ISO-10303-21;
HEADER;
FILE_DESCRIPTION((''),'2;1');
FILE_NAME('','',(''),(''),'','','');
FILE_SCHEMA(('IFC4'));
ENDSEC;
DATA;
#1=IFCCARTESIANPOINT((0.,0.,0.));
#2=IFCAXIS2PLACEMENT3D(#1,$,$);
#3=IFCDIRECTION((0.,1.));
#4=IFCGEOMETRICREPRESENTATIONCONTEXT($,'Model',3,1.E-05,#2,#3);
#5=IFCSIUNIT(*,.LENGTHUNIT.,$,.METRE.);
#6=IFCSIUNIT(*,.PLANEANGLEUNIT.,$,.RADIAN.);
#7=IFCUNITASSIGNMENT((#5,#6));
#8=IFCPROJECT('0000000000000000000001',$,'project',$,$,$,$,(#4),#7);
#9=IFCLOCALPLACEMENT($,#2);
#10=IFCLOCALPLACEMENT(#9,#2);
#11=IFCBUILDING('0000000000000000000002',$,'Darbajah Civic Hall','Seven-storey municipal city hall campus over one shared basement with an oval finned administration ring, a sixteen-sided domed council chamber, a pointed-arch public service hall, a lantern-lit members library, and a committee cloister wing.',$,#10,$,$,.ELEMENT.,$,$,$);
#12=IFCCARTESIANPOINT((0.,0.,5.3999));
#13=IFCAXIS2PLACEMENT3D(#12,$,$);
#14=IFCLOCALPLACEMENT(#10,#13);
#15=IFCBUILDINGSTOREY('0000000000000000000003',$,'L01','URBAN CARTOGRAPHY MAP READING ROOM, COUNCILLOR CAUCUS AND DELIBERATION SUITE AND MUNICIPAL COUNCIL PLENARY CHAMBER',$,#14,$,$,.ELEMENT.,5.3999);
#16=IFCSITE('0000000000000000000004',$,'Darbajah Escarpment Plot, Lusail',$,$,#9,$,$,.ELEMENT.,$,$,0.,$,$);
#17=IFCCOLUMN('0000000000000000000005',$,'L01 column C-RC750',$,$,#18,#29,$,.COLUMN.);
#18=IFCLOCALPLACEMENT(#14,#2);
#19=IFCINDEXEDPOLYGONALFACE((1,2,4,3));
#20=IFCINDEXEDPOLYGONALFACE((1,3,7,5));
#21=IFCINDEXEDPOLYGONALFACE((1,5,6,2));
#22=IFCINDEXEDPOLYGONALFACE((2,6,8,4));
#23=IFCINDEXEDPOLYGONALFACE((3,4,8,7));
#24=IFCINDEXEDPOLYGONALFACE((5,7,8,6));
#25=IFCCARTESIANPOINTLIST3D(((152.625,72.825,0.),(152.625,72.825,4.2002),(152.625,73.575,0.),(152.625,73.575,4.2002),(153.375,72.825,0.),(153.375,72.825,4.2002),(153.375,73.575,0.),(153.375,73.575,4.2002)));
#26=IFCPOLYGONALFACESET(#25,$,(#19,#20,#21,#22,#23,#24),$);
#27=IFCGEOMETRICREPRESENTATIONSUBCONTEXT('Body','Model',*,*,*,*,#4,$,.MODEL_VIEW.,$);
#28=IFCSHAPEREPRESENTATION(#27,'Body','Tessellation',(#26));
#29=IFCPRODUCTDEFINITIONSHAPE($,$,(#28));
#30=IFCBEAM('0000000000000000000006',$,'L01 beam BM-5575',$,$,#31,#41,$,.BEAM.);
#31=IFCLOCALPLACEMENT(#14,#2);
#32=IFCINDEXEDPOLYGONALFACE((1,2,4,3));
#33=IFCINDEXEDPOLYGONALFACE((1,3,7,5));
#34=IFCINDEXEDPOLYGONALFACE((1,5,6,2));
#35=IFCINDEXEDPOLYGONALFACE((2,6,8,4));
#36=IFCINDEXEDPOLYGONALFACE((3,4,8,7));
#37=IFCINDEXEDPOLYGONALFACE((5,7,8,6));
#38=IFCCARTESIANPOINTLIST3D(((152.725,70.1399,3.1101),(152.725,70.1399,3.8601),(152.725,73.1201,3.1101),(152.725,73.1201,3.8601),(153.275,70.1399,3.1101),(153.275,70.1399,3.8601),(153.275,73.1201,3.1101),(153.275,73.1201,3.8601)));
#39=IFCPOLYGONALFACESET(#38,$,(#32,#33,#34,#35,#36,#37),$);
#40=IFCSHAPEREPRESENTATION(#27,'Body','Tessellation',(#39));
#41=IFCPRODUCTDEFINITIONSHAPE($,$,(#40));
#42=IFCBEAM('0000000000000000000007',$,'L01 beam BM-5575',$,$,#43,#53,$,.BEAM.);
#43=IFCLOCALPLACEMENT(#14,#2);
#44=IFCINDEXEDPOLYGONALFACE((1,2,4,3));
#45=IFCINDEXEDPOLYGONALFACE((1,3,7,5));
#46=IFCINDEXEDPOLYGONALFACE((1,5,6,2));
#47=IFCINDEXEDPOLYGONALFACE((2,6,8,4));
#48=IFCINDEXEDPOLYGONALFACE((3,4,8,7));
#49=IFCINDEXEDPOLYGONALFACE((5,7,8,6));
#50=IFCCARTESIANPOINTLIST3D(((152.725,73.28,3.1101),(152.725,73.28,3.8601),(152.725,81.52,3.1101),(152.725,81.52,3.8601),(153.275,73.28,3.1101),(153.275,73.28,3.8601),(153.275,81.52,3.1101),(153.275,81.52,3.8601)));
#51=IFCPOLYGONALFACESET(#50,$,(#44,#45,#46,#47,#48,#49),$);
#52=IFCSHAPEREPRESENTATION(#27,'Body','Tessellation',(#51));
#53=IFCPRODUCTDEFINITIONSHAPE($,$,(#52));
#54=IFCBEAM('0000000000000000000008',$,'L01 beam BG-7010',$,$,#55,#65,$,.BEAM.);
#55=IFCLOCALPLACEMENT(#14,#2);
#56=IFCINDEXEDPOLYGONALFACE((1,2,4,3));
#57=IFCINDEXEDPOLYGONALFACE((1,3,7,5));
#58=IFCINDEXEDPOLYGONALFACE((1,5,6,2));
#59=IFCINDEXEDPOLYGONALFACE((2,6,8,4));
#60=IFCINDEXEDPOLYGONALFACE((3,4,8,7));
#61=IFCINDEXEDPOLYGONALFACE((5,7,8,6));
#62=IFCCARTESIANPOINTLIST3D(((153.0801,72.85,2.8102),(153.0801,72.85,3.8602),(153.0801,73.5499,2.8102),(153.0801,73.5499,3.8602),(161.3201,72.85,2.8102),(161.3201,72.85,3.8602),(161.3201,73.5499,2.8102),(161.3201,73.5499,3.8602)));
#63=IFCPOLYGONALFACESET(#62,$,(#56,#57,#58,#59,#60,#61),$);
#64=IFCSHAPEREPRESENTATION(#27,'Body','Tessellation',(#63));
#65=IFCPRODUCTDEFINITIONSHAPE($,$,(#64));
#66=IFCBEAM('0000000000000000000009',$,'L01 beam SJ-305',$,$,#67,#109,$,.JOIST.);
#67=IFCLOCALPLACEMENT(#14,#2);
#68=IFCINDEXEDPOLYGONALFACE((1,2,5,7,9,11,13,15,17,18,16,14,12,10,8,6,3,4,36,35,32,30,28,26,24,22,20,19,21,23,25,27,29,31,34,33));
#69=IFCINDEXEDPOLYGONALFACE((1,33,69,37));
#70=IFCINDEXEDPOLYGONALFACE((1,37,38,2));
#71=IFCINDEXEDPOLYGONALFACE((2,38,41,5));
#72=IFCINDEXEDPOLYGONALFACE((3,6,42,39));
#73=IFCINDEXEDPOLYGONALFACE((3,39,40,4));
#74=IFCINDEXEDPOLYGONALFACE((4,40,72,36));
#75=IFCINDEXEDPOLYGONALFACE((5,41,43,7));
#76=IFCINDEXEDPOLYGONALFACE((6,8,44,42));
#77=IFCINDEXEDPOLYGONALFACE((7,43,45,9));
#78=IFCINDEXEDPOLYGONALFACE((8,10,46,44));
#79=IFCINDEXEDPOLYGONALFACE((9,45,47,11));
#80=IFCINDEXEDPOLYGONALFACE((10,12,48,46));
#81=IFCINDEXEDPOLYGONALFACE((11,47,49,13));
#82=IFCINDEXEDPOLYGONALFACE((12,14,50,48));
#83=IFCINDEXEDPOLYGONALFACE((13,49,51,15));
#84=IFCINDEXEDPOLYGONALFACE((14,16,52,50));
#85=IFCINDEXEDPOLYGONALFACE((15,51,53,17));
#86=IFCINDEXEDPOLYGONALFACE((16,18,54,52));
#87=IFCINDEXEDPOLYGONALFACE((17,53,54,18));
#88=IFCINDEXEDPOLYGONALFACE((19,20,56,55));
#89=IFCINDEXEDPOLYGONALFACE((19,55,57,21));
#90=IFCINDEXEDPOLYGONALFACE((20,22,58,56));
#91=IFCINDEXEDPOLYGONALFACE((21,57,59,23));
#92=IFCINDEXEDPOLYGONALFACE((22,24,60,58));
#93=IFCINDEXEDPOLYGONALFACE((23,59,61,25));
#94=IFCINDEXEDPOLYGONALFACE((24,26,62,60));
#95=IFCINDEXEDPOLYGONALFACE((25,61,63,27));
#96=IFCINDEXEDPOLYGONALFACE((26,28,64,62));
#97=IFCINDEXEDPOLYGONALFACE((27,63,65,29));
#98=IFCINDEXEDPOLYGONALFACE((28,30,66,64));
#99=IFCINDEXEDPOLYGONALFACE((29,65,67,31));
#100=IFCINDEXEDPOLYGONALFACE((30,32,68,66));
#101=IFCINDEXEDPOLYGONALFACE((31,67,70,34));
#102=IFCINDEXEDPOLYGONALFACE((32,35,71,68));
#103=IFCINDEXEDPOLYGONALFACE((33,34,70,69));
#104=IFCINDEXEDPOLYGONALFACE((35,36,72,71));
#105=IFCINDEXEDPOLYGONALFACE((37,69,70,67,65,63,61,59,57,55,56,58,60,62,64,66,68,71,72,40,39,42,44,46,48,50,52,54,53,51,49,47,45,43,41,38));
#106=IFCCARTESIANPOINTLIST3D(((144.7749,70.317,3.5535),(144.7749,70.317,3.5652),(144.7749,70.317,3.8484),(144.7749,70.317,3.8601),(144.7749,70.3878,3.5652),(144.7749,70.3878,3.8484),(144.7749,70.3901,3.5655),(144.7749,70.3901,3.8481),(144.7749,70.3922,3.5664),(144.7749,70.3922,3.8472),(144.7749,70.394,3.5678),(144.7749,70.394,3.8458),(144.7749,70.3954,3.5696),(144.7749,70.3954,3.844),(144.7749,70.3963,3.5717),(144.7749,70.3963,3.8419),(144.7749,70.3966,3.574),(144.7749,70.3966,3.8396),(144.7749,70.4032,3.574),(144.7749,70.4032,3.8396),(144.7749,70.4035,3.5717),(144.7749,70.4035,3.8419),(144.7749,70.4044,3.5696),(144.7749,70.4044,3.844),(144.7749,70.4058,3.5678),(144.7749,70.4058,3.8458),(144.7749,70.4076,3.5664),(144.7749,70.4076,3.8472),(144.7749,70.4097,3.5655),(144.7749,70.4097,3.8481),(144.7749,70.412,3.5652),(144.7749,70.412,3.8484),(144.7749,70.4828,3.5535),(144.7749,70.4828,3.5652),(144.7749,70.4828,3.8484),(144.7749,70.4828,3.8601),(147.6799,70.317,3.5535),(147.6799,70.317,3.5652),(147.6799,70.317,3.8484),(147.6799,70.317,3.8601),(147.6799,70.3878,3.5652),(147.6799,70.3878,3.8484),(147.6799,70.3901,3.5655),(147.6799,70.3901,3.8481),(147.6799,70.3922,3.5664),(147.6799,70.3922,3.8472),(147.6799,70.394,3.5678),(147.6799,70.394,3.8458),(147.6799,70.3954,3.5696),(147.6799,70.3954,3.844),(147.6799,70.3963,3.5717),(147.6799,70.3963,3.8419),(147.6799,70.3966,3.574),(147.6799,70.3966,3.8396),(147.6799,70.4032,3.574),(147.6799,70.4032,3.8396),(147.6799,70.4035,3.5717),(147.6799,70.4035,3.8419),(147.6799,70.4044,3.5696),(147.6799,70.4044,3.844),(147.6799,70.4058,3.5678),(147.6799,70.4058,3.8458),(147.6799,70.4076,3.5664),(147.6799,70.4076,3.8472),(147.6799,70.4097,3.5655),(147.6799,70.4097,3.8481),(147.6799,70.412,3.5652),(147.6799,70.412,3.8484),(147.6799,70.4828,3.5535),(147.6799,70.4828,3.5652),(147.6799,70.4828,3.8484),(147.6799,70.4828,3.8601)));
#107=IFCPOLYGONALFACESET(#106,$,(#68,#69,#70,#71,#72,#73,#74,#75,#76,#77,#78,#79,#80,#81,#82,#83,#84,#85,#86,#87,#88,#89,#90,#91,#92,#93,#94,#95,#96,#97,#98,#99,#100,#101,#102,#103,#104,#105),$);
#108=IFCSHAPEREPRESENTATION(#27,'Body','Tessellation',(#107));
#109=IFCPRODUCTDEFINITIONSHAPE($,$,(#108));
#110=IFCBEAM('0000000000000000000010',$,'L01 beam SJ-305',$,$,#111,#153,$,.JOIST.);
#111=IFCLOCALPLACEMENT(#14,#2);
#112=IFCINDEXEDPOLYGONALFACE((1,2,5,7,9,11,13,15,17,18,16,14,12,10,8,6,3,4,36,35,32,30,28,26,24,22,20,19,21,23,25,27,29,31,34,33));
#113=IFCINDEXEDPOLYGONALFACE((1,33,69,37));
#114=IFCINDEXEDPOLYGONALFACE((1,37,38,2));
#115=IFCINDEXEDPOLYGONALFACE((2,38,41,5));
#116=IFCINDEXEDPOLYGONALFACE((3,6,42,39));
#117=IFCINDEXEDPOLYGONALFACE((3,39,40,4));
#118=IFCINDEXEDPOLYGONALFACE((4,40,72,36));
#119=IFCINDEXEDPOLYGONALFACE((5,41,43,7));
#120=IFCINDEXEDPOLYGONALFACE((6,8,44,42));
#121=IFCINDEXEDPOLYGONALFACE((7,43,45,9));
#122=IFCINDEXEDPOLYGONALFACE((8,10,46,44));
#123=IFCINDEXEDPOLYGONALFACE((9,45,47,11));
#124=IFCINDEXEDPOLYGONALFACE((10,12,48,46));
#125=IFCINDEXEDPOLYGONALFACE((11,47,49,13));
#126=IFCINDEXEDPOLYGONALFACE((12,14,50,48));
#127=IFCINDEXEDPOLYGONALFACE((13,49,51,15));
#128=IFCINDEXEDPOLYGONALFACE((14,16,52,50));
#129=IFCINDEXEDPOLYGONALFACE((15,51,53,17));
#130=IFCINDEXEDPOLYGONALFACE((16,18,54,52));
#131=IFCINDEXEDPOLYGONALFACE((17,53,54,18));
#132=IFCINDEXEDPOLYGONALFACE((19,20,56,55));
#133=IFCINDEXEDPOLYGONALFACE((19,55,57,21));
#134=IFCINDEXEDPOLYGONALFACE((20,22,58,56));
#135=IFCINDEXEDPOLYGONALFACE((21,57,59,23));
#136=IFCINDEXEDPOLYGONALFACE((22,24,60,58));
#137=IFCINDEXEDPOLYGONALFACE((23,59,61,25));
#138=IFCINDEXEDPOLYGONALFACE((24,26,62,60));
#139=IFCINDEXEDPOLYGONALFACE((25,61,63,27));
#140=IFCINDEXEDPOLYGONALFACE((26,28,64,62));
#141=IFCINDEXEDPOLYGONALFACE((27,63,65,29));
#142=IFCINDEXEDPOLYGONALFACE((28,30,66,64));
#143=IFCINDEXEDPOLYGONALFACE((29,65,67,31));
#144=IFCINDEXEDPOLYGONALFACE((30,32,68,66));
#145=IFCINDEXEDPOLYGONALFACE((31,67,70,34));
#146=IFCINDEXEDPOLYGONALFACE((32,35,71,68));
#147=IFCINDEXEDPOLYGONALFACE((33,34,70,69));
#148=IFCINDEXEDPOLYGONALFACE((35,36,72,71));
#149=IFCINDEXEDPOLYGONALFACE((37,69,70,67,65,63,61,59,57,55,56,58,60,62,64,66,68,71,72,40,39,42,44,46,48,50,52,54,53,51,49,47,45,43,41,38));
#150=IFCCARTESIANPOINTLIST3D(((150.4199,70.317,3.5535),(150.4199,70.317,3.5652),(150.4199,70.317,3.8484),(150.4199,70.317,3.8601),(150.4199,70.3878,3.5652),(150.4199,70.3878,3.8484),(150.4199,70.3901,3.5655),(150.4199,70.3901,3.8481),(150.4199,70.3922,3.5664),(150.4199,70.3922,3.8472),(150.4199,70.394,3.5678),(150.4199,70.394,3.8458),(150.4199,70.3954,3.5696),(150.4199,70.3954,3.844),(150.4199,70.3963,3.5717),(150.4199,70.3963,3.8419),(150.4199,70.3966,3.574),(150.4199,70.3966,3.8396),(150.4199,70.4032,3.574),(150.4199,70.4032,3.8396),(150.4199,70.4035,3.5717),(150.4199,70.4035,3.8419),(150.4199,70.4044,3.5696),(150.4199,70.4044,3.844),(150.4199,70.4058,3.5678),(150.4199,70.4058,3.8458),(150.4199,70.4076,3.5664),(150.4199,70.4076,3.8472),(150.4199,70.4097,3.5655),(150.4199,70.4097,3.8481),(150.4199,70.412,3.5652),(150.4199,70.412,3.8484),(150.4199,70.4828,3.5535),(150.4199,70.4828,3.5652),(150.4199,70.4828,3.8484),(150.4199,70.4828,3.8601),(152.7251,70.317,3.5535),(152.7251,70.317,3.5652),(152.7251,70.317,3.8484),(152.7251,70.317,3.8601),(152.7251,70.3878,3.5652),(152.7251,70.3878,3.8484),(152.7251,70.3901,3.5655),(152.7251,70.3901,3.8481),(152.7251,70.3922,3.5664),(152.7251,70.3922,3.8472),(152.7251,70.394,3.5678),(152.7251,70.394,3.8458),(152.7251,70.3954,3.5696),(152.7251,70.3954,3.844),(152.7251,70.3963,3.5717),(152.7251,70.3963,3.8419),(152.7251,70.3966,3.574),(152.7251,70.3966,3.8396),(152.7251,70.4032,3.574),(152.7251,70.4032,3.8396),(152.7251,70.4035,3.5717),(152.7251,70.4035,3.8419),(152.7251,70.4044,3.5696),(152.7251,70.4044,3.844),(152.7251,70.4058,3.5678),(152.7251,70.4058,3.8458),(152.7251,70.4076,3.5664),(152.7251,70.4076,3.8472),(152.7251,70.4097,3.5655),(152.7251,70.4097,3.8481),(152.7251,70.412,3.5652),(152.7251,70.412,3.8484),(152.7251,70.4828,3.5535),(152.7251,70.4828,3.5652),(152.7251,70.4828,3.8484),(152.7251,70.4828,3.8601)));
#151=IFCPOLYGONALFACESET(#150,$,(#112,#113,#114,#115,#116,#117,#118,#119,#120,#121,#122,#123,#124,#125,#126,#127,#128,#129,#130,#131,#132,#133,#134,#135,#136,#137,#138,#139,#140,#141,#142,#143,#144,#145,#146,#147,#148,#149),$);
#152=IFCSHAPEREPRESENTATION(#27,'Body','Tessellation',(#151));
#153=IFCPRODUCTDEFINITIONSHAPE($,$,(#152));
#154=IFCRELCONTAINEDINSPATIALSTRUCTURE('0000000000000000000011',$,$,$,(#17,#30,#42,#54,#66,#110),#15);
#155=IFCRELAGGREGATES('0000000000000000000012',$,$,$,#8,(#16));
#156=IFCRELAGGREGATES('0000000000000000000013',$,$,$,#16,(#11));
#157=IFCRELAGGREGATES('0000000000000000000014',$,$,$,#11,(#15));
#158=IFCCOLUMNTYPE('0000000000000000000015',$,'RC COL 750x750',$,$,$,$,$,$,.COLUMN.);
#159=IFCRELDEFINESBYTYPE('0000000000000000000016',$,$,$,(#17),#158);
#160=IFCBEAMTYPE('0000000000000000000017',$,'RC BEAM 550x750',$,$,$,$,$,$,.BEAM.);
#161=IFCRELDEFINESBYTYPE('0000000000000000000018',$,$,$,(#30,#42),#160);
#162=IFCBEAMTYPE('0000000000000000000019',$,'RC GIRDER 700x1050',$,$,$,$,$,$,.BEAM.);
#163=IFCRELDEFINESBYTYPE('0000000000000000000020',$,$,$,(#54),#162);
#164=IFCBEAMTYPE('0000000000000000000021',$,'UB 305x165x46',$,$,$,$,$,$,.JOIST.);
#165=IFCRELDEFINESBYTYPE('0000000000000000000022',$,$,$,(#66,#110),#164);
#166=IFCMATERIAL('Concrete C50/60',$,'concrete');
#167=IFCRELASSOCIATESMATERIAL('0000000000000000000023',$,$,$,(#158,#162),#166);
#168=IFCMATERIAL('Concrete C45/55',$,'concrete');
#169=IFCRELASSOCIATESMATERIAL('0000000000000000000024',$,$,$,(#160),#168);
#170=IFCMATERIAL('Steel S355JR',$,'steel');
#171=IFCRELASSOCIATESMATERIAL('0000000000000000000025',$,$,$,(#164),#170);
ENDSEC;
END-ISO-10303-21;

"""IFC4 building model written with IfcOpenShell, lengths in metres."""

from ifc_helpers import new_model, si_unit, direction, frame, origin, origin_2d, place, context, subcontext, project, spatial, rectangle, i_section, extrude, material, material_profile, profile_set, type_object, element, save


model = new_model("IFC4")

# Units and contexts
model_context = context("Model", 3, precision=1e-05, world=origin(), true_north=direction((0.0, 1.0)))
body_context = subcontext(model_context, "Body", "Model", "MODEL_VIEW")
ifc_project = project(units=[si_unit("LENGTHUNIT", "METRE"), si_unit("PLANEANGLEUNIT", "RADIAN")], contexts=[model_context])

# Site, building, storey
site_placement = place(None, origin())
site = spatial("IfcSite", under=ifc_project, at=site_placement, Name="Darbajah Escarpment Plot, Lusail", CompositionType="ELEMENT", RefElevation=0.0)
building_placement = place(site_placement, origin())
building = spatial("IfcBuilding", under=site, at=building_placement, Name="Darbajah Civic Hall", Description="Seven-storey municipal city hall campus over one shared basement with an oval finned administration ring, a sixteen-sided domed council chamber, a pointed-arch public service hall, a lantern-lit members library, and a committee cloister wing.", CompositionType="ELEMENT")
storey_placement = place(building_placement, frame((0.0, 0.0, 5.3999)))
storey = spatial("IfcBuildingStorey", under=building, at=storey_placement, Name="L01", Description="URBAN CARTOGRAPHY MAP READING ROOM, COUNCILLOR CAUCUS AND DELIBERATION SUITE AND MUNICIPAL COUNCIL PLENARY CHAMBER", CompositionType="ELEMENT", Elevation=5.3999)

# Column
ifc_material_1 = material(Name="Concrete C50/60", Category="concrete")
ifc_material_profile_1 = material_profile(ifc_material_1, rectangle(XDim=0.75, YDim=0.75, at=origin_2d()), Name="RC COL 750x750")
ifc_profile_set_1 = profile_set([ifc_material_profile_1], Name="Concrete C50/60")
column_type = type_object("IfcColumnType", Name="RC COL 750x750", PredefinedType="COLUMN", material=ifc_profile_set_1)
column_placement = place(storey_placement, frame((153.0, 73.2, 0.0), z_axis=(0.0, 0.0, 1.0), x_axis=(1.0, 0.0, 0.0)))
element("IfcColumn", 1, at=column_placement, inside=storey, type_object=column_type, Name="L01 column C-RC750", PredefinedType="COLUMN", context=body_context, shape_type="SweptSolid", body=[
    extrude(rectangle(XDim=0.75, YDim=0.75, at=origin_2d()), origin(), (0.0, 0.0, 1.0), 4.2002),
])

# Beams
ifc_material_2 = material(Name="Concrete C45/55", Category="concrete")
ifc_material_profile_2 = material_profile(ifc_material_2, rectangle(XDim=0.55, YDim=0.75, at=origin_2d()), Name="RC BEAM 550x750")
ifc_profile_set_2 = profile_set([ifc_material_profile_2], Name="Concrete C45/55")
beam_type_1 = type_object("IfcBeamType", Name="RC BEAM 550x750", PredefinedType="BEAM", material=ifc_profile_set_2)
beam_1_placement = place(storey_placement, frame((153.0, 70.1399, 3.4851), z_axis=(0.0, 1.0, 0.0), x_axis=(-1.0, 0.0, 0.0)))
element("IfcBeam", 2, at=beam_1_placement, inside=storey, type_object=beam_type_1, Name="L01 beam BM-5575", PredefinedType="BEAM", context=body_context, shape_type="SweptSolid", body=[
    extrude(rectangle(XDim=0.55, YDim=0.75, at=origin_2d()), origin(), (0.0, 0.0, 1.0), 2.9802),
])
beam_2_placement = place(storey_placement, frame((153.0, 73.28, 3.4851), z_axis=(0.0, 1.0, 0.0), x_axis=(-1.0, 0.0, 0.0)))
element("IfcBeam", 3, at=beam_2_placement, inside=storey, type_object=beam_type_1, Name="L01 beam BM-5575", PredefinedType="BEAM", context=body_context, shape_type="SweptSolid", body=[
    extrude(rectangle(XDim=0.55, YDim=0.75, at=origin_2d()), origin(), (0.0, 0.0, 1.0), 8.24),
])
ifc_material_profile_3 = material_profile(ifc_material_1, rectangle(XDim=0.7, YDim=1.05, at=origin_2d()), Name="RC GIRDER 700x1050")
ifc_profile_set_3 = profile_set([ifc_material_profile_3], Name="Concrete C50/60")
beam_type_2 = type_object("IfcBeamType", Name="RC GIRDER 700x1050", PredefinedType="BEAM", material=ifc_profile_set_3)
beam_3_placement = place(storey_placement, frame((153.0801, 73.2, 3.3352), z_axis=(1.0, 0.0, 0.0), x_axis=(0.0, 1.0, 0.0)))
element("IfcBeam", 4, at=beam_3_placement, inside=storey, type_object=beam_type_2, Name="L01 beam BG-7010", PredefinedType="BEAM", context=body_context, shape_type="SweptSolid", body=[
    extrude(rectangle(XDim=0.7, YDim=1.05, at=origin_2d()), origin(), (0.0, 0.0, 1.0), 8.24),
])
ifc_material_3 = material(Name="Steel S355JR", Category="steel")
ifc_material_profile_4 = material_profile(ifc_material_3, i_section(OverallWidth=0.1658, OverallDepth=0.3066, WebThickness=0.0066, FlangeThickness=0.0117, FilletRadius=0.0088, at=origin_2d()), Name="UB 305x165x46")
ifc_profile_set_4 = profile_set([ifc_material_profile_4], Name="Steel S355JR")
beam_type_3 = type_object("IfcBeamType", Name="UB 305x165x46", PredefinedType="JOIST", material=ifc_profile_set_4)
beam_4_placement = place(storey_placement, frame((144.7749, 70.3999, 3.7068), z_axis=(1.0, 0.0, 0.0), x_axis=(0.0, 1.0, 0.0)))
element("IfcBeam", 5, at=beam_4_placement, inside=storey, type_object=beam_type_3, Name="L01 beam SJ-305", PredefinedType="JOIST", context=body_context, shape_type="SweptSolid", body=[
    extrude(i_section(OverallWidth=0.1658, OverallDepth=0.3066, WebThickness=0.0066, FlangeThickness=0.0117, FilletRadius=0.0088, at=origin_2d()), origin(), (0.0, 0.0, 1.0), 2.905),
])
beam_5_placement = place(storey_placement, frame((150.4199, 70.3999, 3.7068), z_axis=(1.0, 0.0, 0.0), x_axis=(0.0, 1.0, 0.0)))
element("IfcBeam", 6, at=beam_5_placement, inside=storey, type_object=beam_type_3, Name="L01 beam SJ-305", PredefinedType="JOIST", context=body_context, shape_type="SweptSolid", body=[
    extrude(i_section(OverallWidth=0.1658, OverallDepth=0.3066, WebThickness=0.0066, FlangeThickness=0.0117, FilletRadius=0.0088, at=origin_2d()), origin(), (0.0, 0.0, 1.0), 2.3052),
])

save(model, "model.ifc")
